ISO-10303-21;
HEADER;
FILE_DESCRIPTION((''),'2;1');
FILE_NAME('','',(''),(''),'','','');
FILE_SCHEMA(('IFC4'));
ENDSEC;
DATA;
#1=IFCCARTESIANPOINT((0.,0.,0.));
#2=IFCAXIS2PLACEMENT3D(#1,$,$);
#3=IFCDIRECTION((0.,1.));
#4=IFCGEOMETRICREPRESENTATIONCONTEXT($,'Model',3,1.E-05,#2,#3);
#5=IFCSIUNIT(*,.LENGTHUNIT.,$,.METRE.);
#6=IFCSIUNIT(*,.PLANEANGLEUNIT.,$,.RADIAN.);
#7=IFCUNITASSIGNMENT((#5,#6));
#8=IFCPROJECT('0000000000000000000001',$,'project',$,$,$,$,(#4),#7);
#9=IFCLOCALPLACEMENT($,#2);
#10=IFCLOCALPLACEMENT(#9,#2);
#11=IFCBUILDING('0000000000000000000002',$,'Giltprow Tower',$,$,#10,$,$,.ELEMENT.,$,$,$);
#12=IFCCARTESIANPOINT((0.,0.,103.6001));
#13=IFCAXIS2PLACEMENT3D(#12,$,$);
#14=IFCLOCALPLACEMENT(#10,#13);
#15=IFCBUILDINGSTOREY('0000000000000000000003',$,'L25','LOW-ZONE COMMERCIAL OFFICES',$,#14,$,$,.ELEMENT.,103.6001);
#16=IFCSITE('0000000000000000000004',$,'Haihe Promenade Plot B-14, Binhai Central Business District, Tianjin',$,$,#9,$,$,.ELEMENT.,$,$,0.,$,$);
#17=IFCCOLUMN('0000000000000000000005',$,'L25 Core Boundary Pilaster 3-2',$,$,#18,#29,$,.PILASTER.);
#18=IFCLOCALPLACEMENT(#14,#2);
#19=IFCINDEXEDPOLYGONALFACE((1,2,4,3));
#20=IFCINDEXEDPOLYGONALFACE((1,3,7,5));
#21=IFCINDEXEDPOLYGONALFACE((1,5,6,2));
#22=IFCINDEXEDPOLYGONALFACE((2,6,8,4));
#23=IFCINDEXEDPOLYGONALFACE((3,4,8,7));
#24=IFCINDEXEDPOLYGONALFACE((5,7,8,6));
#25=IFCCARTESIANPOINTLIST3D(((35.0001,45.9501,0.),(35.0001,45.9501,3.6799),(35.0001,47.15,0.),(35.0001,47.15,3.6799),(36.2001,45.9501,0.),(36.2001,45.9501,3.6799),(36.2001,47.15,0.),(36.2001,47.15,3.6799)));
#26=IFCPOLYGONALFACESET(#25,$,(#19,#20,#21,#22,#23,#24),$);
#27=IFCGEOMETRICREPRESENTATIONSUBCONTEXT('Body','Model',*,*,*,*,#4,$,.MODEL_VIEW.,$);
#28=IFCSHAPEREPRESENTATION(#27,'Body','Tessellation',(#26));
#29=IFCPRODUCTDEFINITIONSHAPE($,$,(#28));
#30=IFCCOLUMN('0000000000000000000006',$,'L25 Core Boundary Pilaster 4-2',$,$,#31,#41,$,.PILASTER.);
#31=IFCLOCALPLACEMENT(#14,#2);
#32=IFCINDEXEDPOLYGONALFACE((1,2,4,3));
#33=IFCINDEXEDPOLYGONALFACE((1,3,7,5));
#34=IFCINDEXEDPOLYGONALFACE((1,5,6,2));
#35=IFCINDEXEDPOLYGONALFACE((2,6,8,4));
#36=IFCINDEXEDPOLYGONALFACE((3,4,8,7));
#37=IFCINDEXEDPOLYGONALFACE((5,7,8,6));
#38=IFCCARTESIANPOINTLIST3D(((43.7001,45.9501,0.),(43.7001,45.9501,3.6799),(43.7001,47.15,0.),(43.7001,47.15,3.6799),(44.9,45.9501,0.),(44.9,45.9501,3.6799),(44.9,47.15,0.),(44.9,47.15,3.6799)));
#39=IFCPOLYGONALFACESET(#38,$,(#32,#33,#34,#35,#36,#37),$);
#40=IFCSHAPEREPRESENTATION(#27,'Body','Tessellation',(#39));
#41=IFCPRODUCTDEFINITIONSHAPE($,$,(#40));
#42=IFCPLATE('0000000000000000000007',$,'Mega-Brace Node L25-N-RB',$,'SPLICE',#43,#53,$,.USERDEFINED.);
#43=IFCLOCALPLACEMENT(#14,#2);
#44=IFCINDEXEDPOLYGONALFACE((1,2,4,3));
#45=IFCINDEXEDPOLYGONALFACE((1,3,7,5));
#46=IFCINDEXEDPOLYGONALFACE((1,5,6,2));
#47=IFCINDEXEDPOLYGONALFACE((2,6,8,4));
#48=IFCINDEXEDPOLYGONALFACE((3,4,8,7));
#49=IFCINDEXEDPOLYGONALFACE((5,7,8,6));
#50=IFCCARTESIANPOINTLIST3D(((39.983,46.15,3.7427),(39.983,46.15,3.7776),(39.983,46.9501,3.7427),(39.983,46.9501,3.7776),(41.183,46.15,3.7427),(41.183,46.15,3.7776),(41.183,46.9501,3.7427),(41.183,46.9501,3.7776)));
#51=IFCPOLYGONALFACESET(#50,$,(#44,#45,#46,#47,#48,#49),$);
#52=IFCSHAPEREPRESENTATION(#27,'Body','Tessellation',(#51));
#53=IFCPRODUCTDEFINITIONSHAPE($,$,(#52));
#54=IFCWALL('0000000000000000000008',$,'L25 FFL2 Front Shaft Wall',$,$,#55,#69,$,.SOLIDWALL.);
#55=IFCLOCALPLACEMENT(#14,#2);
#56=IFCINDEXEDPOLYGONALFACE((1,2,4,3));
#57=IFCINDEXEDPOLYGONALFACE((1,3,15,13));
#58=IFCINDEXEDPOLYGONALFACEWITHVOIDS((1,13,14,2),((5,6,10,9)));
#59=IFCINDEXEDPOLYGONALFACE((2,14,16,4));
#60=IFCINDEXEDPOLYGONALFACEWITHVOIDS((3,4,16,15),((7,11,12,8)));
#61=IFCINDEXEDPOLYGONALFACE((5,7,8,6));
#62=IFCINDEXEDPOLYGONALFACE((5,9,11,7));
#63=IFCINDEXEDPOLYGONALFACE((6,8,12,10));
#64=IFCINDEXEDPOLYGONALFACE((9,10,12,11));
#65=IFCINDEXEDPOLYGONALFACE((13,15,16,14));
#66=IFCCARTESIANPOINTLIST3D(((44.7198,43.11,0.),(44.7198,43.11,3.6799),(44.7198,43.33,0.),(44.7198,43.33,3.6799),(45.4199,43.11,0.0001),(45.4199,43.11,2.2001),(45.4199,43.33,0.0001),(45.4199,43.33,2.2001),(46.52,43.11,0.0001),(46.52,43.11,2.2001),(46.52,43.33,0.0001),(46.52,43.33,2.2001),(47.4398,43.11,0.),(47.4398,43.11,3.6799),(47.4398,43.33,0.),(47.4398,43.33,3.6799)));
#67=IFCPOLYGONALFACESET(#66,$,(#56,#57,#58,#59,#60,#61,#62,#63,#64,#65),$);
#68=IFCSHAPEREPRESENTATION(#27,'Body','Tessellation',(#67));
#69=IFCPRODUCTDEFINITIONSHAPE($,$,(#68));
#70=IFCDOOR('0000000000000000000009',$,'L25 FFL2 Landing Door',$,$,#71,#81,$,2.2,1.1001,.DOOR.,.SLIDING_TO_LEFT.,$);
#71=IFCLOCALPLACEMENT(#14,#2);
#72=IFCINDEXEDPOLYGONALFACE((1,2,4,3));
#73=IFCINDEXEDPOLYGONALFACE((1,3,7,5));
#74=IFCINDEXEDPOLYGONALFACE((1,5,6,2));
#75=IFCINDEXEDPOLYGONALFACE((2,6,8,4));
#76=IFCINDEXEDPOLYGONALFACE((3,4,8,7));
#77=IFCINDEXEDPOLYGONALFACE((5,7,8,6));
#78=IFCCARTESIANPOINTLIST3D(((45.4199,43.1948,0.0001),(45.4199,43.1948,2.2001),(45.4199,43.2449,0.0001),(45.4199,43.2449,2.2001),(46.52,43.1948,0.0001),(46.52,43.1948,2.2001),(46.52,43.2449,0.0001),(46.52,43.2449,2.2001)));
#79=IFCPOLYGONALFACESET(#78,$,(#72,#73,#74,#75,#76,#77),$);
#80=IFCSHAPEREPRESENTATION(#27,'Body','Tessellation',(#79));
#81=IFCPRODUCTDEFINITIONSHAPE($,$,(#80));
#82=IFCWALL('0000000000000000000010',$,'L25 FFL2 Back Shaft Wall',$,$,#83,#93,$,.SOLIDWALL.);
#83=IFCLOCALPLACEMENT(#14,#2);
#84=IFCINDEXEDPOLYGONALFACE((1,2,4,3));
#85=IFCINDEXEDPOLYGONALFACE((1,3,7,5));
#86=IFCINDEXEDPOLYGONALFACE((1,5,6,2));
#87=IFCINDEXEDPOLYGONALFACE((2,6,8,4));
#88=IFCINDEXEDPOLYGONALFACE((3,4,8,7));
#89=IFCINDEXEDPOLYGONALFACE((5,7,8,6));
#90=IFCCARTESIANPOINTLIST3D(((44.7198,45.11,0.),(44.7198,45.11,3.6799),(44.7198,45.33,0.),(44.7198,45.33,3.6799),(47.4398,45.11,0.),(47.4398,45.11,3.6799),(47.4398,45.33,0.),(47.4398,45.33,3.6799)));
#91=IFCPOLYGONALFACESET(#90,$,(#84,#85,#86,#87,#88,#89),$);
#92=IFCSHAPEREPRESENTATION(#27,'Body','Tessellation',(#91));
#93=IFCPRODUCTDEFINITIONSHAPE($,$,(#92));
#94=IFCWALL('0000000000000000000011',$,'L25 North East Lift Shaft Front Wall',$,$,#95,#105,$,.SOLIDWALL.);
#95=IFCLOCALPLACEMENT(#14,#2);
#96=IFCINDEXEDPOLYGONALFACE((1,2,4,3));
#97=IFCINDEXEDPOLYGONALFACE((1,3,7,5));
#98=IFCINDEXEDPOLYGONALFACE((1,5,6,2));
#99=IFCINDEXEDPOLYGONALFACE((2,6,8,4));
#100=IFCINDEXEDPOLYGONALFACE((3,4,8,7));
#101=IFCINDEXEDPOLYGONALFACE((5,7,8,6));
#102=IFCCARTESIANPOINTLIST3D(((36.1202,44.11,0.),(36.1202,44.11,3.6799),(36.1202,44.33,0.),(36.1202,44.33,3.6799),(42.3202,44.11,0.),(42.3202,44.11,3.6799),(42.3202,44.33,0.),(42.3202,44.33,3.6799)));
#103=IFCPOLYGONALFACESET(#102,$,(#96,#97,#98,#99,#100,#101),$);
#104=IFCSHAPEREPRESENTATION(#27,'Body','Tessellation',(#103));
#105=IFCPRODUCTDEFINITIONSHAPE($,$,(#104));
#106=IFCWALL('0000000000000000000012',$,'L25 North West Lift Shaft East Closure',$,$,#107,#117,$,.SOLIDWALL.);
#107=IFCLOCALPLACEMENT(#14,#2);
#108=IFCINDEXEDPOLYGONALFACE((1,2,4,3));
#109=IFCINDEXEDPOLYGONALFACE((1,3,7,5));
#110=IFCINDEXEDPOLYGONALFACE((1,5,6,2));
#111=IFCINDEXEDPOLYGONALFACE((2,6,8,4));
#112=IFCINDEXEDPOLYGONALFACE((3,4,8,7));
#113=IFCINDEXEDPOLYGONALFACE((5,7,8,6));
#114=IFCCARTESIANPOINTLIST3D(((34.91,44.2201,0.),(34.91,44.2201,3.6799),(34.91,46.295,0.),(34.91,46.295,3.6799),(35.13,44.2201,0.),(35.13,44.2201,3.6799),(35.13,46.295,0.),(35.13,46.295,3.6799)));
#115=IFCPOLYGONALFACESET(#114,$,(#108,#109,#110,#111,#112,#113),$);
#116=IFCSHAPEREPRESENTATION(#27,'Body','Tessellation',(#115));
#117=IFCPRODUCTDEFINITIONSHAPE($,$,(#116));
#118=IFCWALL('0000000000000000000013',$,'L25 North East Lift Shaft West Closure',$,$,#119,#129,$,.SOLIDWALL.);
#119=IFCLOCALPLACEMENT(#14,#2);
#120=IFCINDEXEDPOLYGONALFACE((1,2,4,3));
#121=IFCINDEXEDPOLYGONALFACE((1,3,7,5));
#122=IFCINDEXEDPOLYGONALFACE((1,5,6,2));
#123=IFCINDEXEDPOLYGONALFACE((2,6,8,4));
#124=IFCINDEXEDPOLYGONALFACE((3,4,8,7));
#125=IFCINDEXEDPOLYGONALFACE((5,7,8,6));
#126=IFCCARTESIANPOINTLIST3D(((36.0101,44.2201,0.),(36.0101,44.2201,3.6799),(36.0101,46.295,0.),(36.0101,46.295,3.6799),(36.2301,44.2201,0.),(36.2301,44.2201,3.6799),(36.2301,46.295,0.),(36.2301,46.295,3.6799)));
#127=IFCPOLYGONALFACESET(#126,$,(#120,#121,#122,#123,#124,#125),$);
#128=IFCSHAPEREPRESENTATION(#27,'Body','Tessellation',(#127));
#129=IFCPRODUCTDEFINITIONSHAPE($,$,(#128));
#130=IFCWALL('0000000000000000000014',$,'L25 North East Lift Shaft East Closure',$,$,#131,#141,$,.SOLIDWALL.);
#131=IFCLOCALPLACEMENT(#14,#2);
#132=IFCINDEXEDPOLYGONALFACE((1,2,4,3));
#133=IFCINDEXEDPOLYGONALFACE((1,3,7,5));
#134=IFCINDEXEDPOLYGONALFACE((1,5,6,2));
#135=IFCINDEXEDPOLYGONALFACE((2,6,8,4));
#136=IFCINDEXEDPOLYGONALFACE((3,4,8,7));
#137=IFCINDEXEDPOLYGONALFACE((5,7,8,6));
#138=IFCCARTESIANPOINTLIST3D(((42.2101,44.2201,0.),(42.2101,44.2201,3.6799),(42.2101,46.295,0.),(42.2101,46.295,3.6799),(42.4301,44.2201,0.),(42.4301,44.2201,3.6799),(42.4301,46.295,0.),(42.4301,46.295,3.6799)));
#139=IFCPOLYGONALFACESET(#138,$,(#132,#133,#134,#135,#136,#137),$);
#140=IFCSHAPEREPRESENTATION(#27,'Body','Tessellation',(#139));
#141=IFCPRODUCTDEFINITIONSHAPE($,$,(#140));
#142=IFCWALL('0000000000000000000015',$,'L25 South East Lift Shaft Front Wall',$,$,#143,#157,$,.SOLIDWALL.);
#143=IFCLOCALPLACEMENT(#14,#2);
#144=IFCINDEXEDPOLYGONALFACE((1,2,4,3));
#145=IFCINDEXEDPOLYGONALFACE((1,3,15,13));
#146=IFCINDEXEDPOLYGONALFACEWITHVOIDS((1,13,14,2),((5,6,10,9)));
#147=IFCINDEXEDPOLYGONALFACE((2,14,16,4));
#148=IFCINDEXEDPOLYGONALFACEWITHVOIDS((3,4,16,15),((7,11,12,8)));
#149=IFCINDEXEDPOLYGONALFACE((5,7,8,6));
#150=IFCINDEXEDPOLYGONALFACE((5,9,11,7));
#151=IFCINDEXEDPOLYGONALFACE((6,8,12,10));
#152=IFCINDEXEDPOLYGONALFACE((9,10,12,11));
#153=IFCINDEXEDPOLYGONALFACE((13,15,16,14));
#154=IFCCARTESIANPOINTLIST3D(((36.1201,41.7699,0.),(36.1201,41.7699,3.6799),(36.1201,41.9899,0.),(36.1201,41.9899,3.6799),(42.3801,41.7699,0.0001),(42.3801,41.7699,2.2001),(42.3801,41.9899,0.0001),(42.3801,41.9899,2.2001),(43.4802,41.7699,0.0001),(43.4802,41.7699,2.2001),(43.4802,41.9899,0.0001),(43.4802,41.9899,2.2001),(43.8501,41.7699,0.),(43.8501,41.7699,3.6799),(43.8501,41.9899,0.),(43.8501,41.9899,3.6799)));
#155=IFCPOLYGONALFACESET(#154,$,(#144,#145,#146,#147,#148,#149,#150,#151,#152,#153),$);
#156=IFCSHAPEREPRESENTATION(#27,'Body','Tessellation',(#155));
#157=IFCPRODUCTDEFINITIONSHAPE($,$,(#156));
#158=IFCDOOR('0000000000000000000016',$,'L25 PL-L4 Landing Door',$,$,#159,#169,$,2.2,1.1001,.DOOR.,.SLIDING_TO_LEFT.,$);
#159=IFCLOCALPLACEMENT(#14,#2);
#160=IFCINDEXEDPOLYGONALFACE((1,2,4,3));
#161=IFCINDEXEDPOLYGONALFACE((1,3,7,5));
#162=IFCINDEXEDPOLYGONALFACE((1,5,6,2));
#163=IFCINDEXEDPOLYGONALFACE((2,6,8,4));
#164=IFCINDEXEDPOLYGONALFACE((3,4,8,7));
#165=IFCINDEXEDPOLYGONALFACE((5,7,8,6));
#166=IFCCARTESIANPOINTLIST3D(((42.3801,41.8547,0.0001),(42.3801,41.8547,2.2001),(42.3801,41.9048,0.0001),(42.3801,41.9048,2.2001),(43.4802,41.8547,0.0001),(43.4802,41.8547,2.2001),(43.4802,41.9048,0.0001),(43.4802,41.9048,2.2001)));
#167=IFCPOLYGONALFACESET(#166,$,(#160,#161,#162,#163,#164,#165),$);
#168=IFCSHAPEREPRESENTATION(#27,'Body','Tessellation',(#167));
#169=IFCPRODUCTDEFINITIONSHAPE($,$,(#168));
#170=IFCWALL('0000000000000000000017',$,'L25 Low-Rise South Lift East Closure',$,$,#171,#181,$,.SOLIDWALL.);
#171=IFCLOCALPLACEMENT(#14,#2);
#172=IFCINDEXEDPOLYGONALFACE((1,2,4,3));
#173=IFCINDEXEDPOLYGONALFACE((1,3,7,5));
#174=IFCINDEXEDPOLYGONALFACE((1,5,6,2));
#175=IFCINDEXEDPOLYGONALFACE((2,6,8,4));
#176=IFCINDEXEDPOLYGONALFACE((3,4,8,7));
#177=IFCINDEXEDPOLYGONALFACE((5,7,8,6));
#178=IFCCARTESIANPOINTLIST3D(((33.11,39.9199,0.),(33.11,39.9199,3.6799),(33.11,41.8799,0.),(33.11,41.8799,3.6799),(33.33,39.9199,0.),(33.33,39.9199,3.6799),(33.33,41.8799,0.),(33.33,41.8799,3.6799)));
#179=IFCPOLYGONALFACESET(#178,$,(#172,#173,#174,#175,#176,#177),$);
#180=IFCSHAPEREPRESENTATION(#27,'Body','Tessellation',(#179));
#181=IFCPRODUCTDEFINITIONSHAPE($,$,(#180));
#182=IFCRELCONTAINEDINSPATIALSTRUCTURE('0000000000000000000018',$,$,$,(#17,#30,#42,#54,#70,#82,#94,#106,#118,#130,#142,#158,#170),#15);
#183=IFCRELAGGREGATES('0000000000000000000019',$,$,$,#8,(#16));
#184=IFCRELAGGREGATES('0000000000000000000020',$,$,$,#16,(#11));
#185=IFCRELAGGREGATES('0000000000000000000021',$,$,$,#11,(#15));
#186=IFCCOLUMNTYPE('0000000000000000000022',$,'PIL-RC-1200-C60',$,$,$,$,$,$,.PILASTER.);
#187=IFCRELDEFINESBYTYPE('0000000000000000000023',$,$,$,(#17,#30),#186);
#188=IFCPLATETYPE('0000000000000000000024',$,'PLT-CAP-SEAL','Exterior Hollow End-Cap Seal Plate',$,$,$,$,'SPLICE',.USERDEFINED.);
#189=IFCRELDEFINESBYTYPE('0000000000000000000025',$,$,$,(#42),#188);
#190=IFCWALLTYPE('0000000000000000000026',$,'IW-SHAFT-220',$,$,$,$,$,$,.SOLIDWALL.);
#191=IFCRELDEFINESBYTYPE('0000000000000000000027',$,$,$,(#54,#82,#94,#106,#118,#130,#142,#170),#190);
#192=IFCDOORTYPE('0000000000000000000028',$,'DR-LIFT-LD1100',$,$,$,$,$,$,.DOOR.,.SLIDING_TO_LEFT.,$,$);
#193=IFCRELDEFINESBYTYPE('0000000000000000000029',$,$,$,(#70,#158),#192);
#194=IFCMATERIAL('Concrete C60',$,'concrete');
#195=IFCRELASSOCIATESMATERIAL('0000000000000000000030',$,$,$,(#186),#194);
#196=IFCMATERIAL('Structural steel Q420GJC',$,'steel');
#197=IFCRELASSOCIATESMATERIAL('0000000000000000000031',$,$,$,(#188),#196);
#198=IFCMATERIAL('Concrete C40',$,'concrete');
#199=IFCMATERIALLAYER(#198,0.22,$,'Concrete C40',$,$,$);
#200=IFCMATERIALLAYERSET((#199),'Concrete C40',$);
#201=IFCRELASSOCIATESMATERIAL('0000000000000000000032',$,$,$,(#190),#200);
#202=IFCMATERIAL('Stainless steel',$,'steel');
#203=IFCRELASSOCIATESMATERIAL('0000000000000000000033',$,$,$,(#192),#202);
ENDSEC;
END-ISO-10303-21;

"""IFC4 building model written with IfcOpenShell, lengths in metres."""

from ifc_helpers import new_model, si_unit, direction, frame, frame_2d, origin, origin_2d, place, context, subcontext, project, spatial, rectangle, extrude, source, transform, mapped, material, layer, layer_set, material_profile, profile_set, type_object, element, fill, save


model = new_model("IFC4")

# Units and contexts
model_context = context("Model", 3, precision=1e-05, world=origin(), true_north=direction((0.0, 1.0)))
body_context = subcontext(model_context, "Body", "Model", "MODEL_VIEW")
ifc_project = project(units=[si_unit("LENGTHUNIT", "METRE"), si_unit("PLANEANGLEUNIT", "RADIAN")], contexts=[model_context])

# Site, building, storey
site_placement = place(None, origin())
site = spatial("IfcSite", under=ifc_project, at=site_placement, Name="Haihe Promenade Plot B-14, Binhai Central Business District, Tianjin", CompositionType="ELEMENT", RefElevation=0.0)
building_placement = place(site_placement, origin())
building = spatial("IfcBuilding", under=site, at=building_placement, Name="Giltprow Tower", CompositionType="ELEMENT")
storey_placement = place(building_placement, frame((0.0, 0.0, 103.6001)))
storey = spatial("IfcBuildingStorey", under=building, at=storey_placement, Name="L25", Description="LOW-ZONE COMMERCIAL OFFICES", CompositionType="ELEMENT", Elevation=103.6001)

# Columns
ifc_material_1 = material(Name="Concrete C60", Category="concrete")
ifc_material_profile = material_profile(ifc_material_1, rectangle(XDim=1.2, YDim=1.2, at=origin_2d()), Name="RC 1200x1200")
ifc_profile_set = profile_set([ifc_material_profile], Name="Concrete C60")
column_type = type_object("IfcColumnType", Name="PIL-RC-1200-C60", PredefinedType="PILASTER", material=ifc_profile_set)
shared_shape_1 = source(origin(), body_context, "Body", "SweptSolid", [
    extrude(rectangle(XDim=1.2, YDim=1.2, at=origin_2d()), origin(), (0.0, 0.0, 1.0), 3.6799),
])
for number, where, z_axis, x_axis, name in (
    (1, (35.6001, 46.55, 0.0), (0.0, 0.0, 1.0), (1.0, 0.0, 0.0), "L25 Core Boundary Pilaster 3-2"),
    (2, (44.3, 46.55, 0.0), (0.0, 0.0, 1.0), (1.0, 0.0, 0.0), "L25 Core Boundary Pilaster 4-2"),
):
    element("IfcColumn", number, at=place(storey_placement, frame(where, z_axis=z_axis, x_axis=x_axis)), inside=storey, type_object=column_type, Name=name, PredefinedType="PILASTER", context=body_context, shape_type="MappedRepresentation", body=[
        mapped(shared_shape_1, transform((0.0, 0.0, 0.0), x_axis=(1.0, 0.0, 0.0), y_axis=(0.0, 1.0, 0.0), z_axis=(0.0, 0.0, 1.0), scale=1.0)),
    ])

# Plate
ifc_material_2 = material(Name="Structural steel Q420GJC", Category="steel")
plate_type = type_object("IfcPlateType", Name="PLT-CAP-SEAL", Description="Exterior Hollow End-Cap Seal Plate", ElementType="SPLICE", PredefinedType="USERDEFINED", material=ifc_material_2)
shared_shape_2 = source(origin(), body_context, "Body", "SweptSolid", [
    extrude(rectangle(XDim=1.2, YDim=0.8, at=origin_2d()), origin(), (0.0, 0.0, 1.0), 0.0349),
])
plate_placement = place(storey_placement, frame((40.583, 46.55, 3.7427), z_axis=(0.0, 0.0, 1.0), x_axis=(1.0, 0.0, 0.0)))
element("IfcPlate", 3, at=plate_placement, inside=storey, type_object=plate_type, Name="Mega-Brace Node L25-N-RB", ObjectType="SPLICE", PredefinedType="USERDEFINED", context=body_context, shape_type="MappedRepresentation", body=[
    mapped(shared_shape_2, transform((0.0, 0.0, 0.0), x_axis=(1.0, 0.0, 0.0), y_axis=(0.0, 1.0, 0.0), z_axis=(0.0, 0.0, 1.0), scale=1.0)),
])

# Wall, opening, door
ifc_material_3 = material(Name="Concrete C40", Category="concrete")
ifc_layer_1 = layer(ifc_material_3, 0.22, Name="Concrete C40")
ifc_layer_set_1 = layer_set([ifc_layer_1], Name="Concrete C40")
wall_type_1 = type_object("IfcWallType", Name="IW-SHAFT-220", PredefinedType="SOLIDWALL", material=ifc_layer_set_1)
wall_1_placement = place(storey_placement, frame((44.72, 43.22, 0.0), z_axis=(0.0, 0.0, 1.0), x_axis=(1.0, 0.0, 0.0)))
wall_1 = element("IfcWall", 4, at=wall_1_placement, inside=storey, type_object=wall_type_1, Name="L25 FFL2 Front Shaft Wall", PredefinedType="SOLIDWALL", context=body_context, shape_type="SweptSolid", body=[
    extrude(rectangle(XDim=2.72, YDim=0.22, at=frame_2d((1.3599, 0.0))), origin(), (0.0, 0.0, 1.0), 3.6799),
])
opening_1_placement = place(wall_1_placement, frame((0.7, 0.0, 0.0)))
opening_1 = element("IfcOpeningElement", 5, at=opening_1_placement, cuts=wall_1, PredefinedType="OPENING", context=body_context, shape_type="SweptSolid", body=[
    extrude(rectangle(XDim=1.1001, YDim=2.2, at=frame_2d((0.55, 1.1001))), frame((0.0, 0.1199, 0.0), z_axis=(0.0, -1.0, 0.0), x_axis=(1.0, 0.0, 0.0)), (0.0, 0.0, 1.0), 0.24),
])
ifc_material_4 = material(Name="Stainless steel", Category="steel")
door_type = type_object("IfcDoorType", Name="DR-LIFT-LD1100", OperationType="SLIDING_TO_LEFT", PredefinedType="DOOR", material=ifc_material_4)
shared_shape_3 = source(origin(), body_context, "Body", "SweptSolid", [
    extrude(rectangle(XDim=1.1001, YDim=2.2, at=frame_2d((0.55, 1.1001))), frame((0.0, 0.0249, 0.0), z_axis=(0.0, -1.0, 0.0), x_axis=(1.0, 0.0, 0.0)), (0.0, 0.0, 1.0), 0.05),
])
door_1_placement = place(opening_1_placement, origin())
door_1 = element("IfcDoor", 6, at=door_1_placement, inside=storey, type_object=door_type, Name="L25 FFL2 Landing Door", OperationType="SLIDING_TO_LEFT", OverallHeight=2.2, OverallWidth=1.1001, PredefinedType="DOOR", context=body_context, shape_type="MappedRepresentation", body=[
    mapped(shared_shape_3, transform((0.0, 0.0, 0.0), x_axis=(1.0, 0.0, 0.0), y_axis=(0.0, 1.0, 0.0), z_axis=(0.0, 0.0, 1.0), scale=1.0)),
])
fill(opening_1, door_1)

# Walls
wall_2_placement = place(storey_placement, frame((44.72, 45.22, 0.0), z_axis=(0.0, 0.0, 1.0), x_axis=(1.0, 0.0, 0.0)))
element("IfcWall", 7, at=wall_2_placement, inside=storey, type_object=wall_type_1, Name="L25 FFL2 Back Shaft Wall", PredefinedType="SOLIDWALL", context=body_context, shape_type="SweptSolid", body=[
    extrude(rectangle(XDim=2.72, YDim=0.22, at=frame_2d((1.3599, 0.0))), origin(), (0.0, 0.0, 1.0), 3.6799),
])
wall_3_placement = place(storey_placement, frame((36.1201, 44.22, 0.0), z_axis=(0.0, 0.0, 1.0), x_axis=(1.0, 0.0, 0.0)))
element("IfcWall", 8, at=wall_3_placement, inside=storey, type_object=wall_type_1, Name="L25 North East Lift Shaft Front Wall", PredefinedType="SOLIDWALL", context=body_context, shape_type="SweptSolid", body=[
    extrude(rectangle(XDim=6.2, YDim=0.22, at=frame_2d((3.1001, 0.0))), origin(), (0.0, 0.0, 1.0), 3.6799),
])
for number, where, z_axis, x_axis, name in (
    (9, (35.02, 44.22, 0.0), (0.0, 0.0, 1.0), (0.0, 1.0, 0.0), "L25 North West Lift Shaft East Closure"),
    (10, (36.1201, 44.22, 0.0), (0.0, 0.0, 1.0), (0.0, 1.0, 0.0), "L25 North East Lift Shaft West Closure"),
    (11, (42.3201, 44.22, 0.0), (0.0, 0.0, 1.0), (0.0, 1.0, 0.0), "L25 North East Lift Shaft East Closure"),
):
    element("IfcWall", number, at=place(storey_placement, frame(where, z_axis=z_axis, x_axis=x_axis)), inside=storey, type_object=wall_type_1, Name=name, PredefinedType="SOLIDWALL", context=body_context, shape_type="SweptSolid", body=[
        extrude(rectangle(XDim=2.075, YDim=0.22, at=frame_2d((1.0376, 0.0))), origin(), (0.0, 0.0, 1.0), 3.6799),
    ])

# Wall, opening, door
wall_4_placement = place(storey_placement, frame((36.1201, 41.8799, 0.0), z_axis=(0.0, 0.0, 1.0), x_axis=(1.0, 0.0, 0.0)))
wall_4 = element("IfcWall", 12, at=wall_4_placement, inside=storey, type_object=wall_type_1, Name="L25 South East Lift Shaft Front Wall", PredefinedType="SOLIDWALL", context=body_context, shape_type="SweptSolid", body=[
    extrude(rectangle(XDim=7.73, YDim=0.22, at=frame_2d((3.865, 0.0))), origin(), (0.0, 0.0, 1.0), 3.6799),
])
opening_2_placement = place(wall_4_placement, frame((6.26, 0.0, 0.0)))
opening_2 = element("IfcOpeningElement", 13, at=opening_2_placement, cuts=wall_4, PredefinedType="OPENING", context=body_context, shape_type="SweptSolid", body=[
    extrude(rectangle(XDim=1.1001, YDim=2.2, at=frame_2d((0.55, 1.1001))), frame((0.0, 0.1199, 0.0), z_axis=(0.0, -1.0, 0.0), x_axis=(1.0, 0.0, 0.0)), (0.0, 0.0, 1.0), 0.24),
])
door_2_placement = place(opening_2_placement, origin())
door_2 = element("IfcDoor", 14, at=door_2_placement, inside=storey, type_object=door_type, Name="L25 PL-L4 Landing Door", OperationType="SLIDING_TO_LEFT", OverallHeight=2.2, OverallWidth=1.1001, PredefinedType="DOOR", context=body_context, shape_type="MappedRepresentation", body=[
    mapped(shared_shape_3, transform((0.0, 0.0, 0.0), x_axis=(1.0, 0.0, 0.0), y_axis=(0.0, 1.0, 0.0), z_axis=(0.0, 0.0, 1.0), scale=1.0)),
])
fill(opening_2, door_2)

# Wall
wall_5_placement = place(storey_placement, frame((33.22, 39.9199, 0.0), z_axis=(0.0, 0.0, 1.0), x_axis=(0.0, 1.0, 0.0)))
element("IfcWall", 15, at=wall_5_placement, inside=storey, type_object=wall_type_1, Name="L25 Low-Rise South Lift East Closure", PredefinedType="SOLIDWALL", context=body_context, shape_type="SweptSolid", body=[
    extrude(rectangle(XDim=1.96, YDim=0.22, at=frame_2d((0.98, 0.0))), origin(), (0.0, 0.0, 1.0), 3.6799),
])

save(model, "model.ifc")
